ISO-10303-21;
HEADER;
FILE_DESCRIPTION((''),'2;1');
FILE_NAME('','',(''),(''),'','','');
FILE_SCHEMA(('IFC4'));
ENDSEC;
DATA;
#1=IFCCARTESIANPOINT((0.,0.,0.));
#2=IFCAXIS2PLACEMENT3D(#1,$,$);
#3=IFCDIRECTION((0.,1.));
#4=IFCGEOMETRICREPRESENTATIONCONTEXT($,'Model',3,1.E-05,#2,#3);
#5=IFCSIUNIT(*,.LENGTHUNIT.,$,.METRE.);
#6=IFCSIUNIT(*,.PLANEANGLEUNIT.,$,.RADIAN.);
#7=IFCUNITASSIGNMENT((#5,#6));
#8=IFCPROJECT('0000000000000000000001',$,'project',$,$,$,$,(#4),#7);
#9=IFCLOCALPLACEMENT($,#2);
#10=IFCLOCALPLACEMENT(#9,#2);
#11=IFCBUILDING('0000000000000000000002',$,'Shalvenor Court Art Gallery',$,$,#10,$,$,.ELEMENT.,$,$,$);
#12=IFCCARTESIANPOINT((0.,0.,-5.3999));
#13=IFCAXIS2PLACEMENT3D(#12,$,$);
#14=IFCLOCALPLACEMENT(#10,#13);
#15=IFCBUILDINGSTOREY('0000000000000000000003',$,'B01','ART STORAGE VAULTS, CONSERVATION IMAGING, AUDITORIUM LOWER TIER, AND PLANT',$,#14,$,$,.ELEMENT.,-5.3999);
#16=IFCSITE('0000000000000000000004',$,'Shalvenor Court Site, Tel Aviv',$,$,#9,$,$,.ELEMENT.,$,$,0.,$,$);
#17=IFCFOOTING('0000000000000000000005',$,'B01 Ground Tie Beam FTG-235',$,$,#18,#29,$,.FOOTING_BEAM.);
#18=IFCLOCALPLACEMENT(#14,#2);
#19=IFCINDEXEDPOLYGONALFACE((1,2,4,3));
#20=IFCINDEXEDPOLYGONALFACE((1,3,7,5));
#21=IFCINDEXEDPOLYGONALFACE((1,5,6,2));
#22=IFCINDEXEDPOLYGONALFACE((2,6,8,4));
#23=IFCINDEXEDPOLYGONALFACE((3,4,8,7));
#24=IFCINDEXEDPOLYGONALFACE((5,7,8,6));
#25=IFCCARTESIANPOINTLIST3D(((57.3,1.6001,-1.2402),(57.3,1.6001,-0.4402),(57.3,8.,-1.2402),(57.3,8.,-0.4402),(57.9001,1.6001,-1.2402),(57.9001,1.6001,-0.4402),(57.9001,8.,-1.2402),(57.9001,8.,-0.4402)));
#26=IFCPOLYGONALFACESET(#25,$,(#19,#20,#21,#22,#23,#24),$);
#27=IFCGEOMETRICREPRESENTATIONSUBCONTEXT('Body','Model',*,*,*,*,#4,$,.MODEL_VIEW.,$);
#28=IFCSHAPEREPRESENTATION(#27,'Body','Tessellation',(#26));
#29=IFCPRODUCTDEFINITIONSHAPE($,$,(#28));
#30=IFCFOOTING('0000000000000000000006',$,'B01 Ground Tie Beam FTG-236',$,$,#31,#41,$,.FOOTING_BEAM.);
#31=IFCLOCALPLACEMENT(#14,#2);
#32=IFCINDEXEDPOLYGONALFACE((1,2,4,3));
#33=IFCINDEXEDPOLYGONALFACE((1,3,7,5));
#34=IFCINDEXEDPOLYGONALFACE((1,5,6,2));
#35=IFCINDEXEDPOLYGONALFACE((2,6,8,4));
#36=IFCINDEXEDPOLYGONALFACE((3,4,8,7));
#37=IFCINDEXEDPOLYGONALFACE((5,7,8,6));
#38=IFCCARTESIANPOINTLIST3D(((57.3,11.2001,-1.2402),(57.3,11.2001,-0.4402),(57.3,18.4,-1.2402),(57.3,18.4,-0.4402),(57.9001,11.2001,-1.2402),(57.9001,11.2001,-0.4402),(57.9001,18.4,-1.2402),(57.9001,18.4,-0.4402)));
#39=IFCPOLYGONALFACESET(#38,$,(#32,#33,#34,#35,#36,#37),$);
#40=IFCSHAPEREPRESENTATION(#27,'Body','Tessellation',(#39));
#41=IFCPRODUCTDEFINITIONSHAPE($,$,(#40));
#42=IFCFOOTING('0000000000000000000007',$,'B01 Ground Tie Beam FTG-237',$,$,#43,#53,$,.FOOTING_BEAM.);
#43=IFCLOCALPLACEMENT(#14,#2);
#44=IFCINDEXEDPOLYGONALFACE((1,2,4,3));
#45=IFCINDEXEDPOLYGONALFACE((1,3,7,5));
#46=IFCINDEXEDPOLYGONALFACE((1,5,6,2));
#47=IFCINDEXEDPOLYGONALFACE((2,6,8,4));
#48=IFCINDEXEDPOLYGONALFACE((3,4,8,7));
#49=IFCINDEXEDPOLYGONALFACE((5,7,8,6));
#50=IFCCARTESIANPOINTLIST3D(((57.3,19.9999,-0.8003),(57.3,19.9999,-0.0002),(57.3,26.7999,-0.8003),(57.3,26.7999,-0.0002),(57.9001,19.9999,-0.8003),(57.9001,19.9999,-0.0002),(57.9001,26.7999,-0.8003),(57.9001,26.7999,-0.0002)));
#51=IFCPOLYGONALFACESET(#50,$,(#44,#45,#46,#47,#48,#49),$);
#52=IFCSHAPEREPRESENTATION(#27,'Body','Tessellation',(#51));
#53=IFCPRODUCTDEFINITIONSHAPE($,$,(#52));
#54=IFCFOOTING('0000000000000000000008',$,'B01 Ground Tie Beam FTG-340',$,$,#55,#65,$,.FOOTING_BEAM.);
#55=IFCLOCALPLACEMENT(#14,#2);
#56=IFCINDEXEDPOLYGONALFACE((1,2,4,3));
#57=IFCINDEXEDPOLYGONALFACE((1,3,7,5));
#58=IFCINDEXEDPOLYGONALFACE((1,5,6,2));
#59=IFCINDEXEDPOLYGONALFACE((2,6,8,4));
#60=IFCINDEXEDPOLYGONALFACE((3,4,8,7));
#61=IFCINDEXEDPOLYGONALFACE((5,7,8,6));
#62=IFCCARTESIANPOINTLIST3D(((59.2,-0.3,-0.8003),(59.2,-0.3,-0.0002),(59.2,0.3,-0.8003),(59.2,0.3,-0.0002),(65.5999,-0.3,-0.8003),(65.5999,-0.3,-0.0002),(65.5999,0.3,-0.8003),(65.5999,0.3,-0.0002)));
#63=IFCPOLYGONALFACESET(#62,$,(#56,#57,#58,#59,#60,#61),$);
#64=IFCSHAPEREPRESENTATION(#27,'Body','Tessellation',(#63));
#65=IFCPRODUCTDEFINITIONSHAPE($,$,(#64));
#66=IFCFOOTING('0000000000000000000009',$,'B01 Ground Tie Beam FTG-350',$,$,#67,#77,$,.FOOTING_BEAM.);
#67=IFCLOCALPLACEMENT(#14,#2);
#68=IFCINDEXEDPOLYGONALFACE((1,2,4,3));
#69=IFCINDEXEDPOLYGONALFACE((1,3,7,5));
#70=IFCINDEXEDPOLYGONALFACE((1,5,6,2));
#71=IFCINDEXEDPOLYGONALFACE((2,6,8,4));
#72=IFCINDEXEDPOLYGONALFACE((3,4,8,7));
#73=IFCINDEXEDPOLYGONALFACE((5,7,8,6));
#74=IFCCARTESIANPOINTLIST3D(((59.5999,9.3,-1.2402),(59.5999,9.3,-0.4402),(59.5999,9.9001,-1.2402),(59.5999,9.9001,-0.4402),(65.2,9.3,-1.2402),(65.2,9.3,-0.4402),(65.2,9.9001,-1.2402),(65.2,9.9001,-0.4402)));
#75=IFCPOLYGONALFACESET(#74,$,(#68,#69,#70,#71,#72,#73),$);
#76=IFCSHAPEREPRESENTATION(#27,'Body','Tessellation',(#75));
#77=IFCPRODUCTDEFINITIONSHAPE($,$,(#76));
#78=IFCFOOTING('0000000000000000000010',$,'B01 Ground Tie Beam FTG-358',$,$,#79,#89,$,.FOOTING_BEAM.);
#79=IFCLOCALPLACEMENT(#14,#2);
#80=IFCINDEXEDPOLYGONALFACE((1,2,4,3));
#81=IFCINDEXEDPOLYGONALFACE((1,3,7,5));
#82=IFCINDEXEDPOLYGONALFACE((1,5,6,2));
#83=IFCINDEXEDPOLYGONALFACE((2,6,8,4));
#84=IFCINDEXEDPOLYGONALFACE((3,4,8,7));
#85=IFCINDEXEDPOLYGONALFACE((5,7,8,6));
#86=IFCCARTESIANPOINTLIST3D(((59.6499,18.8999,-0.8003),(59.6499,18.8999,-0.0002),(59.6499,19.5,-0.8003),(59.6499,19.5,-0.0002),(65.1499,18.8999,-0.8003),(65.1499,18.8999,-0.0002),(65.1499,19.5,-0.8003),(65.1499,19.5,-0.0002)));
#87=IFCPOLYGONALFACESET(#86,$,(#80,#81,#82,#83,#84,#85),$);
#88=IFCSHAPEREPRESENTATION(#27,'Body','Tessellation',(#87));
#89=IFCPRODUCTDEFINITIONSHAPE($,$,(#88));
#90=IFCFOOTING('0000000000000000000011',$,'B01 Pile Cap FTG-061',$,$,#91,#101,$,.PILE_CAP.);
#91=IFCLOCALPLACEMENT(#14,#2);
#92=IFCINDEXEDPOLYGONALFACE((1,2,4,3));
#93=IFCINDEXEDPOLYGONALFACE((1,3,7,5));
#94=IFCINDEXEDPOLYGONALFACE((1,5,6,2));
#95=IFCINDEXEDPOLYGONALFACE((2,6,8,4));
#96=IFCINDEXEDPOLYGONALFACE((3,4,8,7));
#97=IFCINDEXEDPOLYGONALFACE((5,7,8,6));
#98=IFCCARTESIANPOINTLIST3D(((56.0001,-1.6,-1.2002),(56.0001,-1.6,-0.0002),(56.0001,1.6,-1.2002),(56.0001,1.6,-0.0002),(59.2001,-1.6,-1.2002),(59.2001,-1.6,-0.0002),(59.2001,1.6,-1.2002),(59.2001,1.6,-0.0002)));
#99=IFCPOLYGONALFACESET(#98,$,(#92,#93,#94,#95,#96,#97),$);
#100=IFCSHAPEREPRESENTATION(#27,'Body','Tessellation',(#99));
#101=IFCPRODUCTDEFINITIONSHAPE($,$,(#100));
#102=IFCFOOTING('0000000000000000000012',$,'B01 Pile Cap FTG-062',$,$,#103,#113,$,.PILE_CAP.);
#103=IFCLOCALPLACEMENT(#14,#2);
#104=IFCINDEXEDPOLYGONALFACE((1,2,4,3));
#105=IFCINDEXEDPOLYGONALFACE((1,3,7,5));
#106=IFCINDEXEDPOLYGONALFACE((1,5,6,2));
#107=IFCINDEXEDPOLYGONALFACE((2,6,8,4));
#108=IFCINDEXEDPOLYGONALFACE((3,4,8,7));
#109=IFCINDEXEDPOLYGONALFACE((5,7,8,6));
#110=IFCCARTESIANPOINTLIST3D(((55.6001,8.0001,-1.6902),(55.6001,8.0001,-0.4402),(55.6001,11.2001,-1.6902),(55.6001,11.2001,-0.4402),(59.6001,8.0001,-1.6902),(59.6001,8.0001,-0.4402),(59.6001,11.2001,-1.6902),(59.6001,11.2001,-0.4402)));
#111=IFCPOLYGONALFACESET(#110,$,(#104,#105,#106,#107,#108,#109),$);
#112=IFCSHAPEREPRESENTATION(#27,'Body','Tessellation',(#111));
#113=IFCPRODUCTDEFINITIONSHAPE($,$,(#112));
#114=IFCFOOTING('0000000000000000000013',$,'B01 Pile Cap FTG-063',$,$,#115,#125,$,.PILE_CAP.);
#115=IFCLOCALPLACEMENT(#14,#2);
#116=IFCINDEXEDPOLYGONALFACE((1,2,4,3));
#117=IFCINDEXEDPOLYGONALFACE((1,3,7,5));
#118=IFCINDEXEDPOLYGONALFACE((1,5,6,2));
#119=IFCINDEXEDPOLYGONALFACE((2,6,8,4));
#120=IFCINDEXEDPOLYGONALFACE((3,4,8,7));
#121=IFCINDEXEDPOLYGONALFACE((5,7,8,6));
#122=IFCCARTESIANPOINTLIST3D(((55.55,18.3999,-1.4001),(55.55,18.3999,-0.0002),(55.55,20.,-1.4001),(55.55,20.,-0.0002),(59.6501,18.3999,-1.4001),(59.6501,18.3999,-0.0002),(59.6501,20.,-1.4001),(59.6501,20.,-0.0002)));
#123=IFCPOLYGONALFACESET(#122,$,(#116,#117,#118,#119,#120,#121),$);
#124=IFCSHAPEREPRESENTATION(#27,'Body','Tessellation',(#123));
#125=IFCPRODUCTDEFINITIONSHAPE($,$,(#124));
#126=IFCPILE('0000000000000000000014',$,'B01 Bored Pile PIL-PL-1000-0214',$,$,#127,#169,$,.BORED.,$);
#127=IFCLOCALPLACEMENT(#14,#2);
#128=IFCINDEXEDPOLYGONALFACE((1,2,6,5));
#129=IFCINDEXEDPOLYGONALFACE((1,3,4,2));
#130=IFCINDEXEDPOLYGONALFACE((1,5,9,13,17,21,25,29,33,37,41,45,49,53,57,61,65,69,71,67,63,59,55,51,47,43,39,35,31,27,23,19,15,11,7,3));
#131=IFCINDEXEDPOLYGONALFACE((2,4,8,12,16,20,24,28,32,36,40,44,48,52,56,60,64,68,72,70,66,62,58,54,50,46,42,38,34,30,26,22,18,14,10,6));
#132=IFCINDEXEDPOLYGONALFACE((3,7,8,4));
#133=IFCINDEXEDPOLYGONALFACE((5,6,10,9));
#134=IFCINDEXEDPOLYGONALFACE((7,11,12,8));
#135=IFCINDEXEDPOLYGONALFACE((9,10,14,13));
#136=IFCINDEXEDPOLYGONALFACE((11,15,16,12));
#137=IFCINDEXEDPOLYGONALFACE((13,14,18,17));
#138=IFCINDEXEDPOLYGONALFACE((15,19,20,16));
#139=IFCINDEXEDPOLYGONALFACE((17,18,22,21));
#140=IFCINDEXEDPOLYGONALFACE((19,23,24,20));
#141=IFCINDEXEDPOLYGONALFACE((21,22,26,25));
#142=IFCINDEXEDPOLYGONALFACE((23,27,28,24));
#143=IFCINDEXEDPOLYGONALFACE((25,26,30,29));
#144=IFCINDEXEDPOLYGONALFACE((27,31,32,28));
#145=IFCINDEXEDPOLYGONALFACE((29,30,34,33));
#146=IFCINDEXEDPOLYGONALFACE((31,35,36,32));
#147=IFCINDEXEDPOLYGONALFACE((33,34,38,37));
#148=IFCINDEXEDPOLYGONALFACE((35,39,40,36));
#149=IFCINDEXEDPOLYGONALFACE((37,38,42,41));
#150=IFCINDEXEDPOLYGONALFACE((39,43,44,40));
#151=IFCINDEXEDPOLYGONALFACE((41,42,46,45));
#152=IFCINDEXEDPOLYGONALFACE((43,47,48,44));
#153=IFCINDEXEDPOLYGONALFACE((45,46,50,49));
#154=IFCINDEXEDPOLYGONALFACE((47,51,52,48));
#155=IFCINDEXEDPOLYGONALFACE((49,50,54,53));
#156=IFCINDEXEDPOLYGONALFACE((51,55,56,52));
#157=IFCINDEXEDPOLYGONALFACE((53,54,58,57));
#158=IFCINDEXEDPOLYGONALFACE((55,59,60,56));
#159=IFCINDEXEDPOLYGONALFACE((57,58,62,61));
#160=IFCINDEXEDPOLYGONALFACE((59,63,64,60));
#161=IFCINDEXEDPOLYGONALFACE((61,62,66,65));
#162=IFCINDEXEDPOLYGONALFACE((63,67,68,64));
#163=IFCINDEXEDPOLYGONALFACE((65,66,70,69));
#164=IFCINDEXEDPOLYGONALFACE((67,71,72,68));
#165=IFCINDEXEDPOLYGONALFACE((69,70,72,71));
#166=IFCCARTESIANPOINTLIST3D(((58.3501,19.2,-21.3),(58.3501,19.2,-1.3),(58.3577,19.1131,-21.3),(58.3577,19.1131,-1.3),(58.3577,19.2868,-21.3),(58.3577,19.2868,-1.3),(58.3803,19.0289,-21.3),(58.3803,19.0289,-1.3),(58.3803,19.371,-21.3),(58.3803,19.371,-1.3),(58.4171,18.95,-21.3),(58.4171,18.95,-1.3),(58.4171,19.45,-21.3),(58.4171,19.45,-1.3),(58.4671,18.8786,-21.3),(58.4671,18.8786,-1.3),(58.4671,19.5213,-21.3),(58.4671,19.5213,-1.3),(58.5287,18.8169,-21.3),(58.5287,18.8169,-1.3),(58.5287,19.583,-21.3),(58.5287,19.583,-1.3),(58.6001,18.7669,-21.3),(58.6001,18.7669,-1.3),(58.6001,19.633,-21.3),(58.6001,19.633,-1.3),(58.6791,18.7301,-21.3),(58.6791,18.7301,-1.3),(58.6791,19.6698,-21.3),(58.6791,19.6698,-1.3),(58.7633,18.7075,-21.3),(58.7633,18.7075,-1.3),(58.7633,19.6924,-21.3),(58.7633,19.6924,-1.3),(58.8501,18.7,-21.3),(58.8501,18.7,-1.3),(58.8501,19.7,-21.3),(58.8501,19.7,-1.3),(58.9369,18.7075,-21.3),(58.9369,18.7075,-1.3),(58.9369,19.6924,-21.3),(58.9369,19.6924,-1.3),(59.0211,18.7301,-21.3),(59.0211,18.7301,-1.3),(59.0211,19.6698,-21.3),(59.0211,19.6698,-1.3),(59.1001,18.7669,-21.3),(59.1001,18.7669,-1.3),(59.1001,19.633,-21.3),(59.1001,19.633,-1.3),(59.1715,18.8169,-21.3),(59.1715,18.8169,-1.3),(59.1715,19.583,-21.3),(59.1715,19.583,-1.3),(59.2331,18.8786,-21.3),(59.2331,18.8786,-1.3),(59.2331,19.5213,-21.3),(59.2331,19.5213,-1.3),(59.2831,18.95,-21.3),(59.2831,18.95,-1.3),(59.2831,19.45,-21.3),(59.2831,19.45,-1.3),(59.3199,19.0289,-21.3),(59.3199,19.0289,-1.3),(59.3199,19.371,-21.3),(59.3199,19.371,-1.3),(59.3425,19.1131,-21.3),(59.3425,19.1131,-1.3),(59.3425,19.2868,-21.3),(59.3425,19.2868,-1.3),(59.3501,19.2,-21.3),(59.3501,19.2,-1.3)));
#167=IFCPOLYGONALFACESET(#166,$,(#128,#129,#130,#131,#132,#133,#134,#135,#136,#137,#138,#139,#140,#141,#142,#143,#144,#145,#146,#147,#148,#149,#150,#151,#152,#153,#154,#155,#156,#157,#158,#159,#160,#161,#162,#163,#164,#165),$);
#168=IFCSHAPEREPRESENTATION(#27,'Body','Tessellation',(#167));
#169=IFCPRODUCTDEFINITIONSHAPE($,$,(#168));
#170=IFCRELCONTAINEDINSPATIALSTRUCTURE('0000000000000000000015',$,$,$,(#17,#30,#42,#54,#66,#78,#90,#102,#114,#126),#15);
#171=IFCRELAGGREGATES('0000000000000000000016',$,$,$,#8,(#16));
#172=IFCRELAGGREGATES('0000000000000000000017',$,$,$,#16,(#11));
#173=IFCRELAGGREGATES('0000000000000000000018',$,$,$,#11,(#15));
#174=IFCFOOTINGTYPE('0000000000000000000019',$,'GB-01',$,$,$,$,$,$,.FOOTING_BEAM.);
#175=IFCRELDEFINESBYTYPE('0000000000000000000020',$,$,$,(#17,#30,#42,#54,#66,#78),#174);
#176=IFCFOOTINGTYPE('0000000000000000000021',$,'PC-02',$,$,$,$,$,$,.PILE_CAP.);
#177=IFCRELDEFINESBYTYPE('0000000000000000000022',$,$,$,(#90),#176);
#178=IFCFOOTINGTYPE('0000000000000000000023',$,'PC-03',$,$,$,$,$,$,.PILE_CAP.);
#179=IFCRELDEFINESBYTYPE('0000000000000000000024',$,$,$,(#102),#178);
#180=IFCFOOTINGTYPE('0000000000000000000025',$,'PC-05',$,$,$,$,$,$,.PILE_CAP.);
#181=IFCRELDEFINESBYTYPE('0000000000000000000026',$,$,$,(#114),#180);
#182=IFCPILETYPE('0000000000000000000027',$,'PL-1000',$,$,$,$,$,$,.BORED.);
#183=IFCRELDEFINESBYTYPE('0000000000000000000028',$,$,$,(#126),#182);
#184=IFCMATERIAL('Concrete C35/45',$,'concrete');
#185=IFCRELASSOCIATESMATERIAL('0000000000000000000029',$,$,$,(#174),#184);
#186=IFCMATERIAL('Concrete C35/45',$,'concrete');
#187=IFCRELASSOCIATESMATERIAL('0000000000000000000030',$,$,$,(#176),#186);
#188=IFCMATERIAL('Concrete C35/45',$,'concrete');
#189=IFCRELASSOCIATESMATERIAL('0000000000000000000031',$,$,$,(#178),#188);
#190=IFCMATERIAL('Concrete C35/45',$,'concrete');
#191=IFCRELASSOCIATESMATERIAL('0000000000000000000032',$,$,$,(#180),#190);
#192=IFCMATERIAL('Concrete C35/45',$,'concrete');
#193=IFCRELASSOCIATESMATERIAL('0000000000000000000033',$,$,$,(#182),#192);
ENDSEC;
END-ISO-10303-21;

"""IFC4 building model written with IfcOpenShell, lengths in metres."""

from ifc_helpers import new_model, si_unit, direction, frame, origin, origin_2d, place, context, subcontext, project, spatial, rectangle, circle, extrude, material, material_profile, profile_set, type_object, element, save


model = new_model("IFC4")

# Units and contexts
model_context = context("Model", 3, precision=1e-05, world=origin(), true_north=direction((0.0, 1.0)))
body_context = subcontext(model_context, "Body", "Model", "MODEL_VIEW")
ifc_project = project(units=[si_unit("LENGTHUNIT", "METRE"), si_unit("PLANEANGLEUNIT", "RADIAN")], contexts=[model_context])

# Site, building, storey
site_placement = place(None, origin())
site = spatial("IfcSite", under=ifc_project, at=site_placement, Name="Shalvenor Court Site, Tel Aviv", CompositionType="ELEMENT", RefElevation=0.0)
building_placement = place(site_placement, origin())
building = spatial("IfcBuilding", under=site, at=building_placement, Name="Shalvenor Court Art Gallery", CompositionType="ELEMENT")
storey_placement = place(building_placement, frame((0.0, 0.0, -5.3999)))
storey = spatial("IfcBuildingStorey", under=building, at=storey_placement, Name="B01", Description="ART STORAGE VAULTS, CONSERVATION IMAGING, AUDITORIUM LOWER TIER, AND PLANT", CompositionType="ELEMENT", Elevation=-5.3999)

# Footings
ifc_material_1 = material(Name="Concrete C35/45", Category="concrete")
footing_type_1 = type_object("IfcFootingType", Name="GB-01", PredefinedType="FOOTING_BEAM", material=ifc_material_1)
footing_1_placement = place(storey_placement, frame((57.6001, 4.8, -1.2402), z_axis=(0.0, 0.0, 1.0), x_axis=(0.0, 1.0, 0.0)))
element("IfcFooting", 1, at=footing_1_placement, inside=storey, type_object=footing_type_1, Name="B01 Ground Tie Beam FTG-235", PredefinedType="FOOTING_BEAM", context=body_context, shape_type="SweptSolid", body=[
    extrude(rectangle(XDim=6.3999, YDim=0.6001, at=origin_2d()), origin(), (0.0, 0.0, 1.0), 0.8),
])
footing_2_placement = place(storey_placement, frame((57.6001, 14.8, -1.2402), z_axis=(0.0, 0.0, 1.0), x_axis=(0.0, 1.0, 0.0)))
element("IfcFooting", 2, at=footing_2_placement, inside=storey, type_object=footing_type_1, Name="B01 Ground Tie Beam FTG-236", PredefinedType="FOOTING_BEAM", context=body_context, shape_type="SweptSolid", body=[
    extrude(rectangle(XDim=7.2, YDim=0.6001, at=origin_2d()), origin(), (0.0, 0.0, 1.0), 0.8),
])
footing_3_placement = place(storey_placement, frame((57.6001, 23.3999, -0.8003), z_axis=(0.0, 0.0, 1.0), x_axis=(0.0, 1.0, 0.0)))
element("IfcFooting", 3, at=footing_3_placement, inside=storey, type_object=footing_type_1, Name="B01 Ground Tie Beam FTG-237", PredefinedType="FOOTING_BEAM", context=body_context, shape_type="SweptSolid", body=[
    extrude(rectangle(XDim=6.8, YDim=0.6001, at=origin_2d()), origin(), (0.0, 0.0, 1.0), 0.8),
])
footing_4_placement = place(storey_placement, frame((62.3999, 0.0, -0.8003), z_axis=(0.0, 0.0, 1.0), x_axis=(1.0, 0.0, 0.0)))
element("IfcFooting", 4, at=footing_4_placement, inside=storey, type_object=footing_type_1, Name="B01 Ground Tie Beam FTG-340", PredefinedType="FOOTING_BEAM", context=body_context, shape_type="SweptSolid", body=[
    extrude(rectangle(XDim=6.3999, YDim=0.6001, at=origin_2d()), origin(), (0.0, 0.0, 1.0), 0.8),
])
footing_5_placement = place(storey_placement, frame((62.3999, 9.6001, -1.2402), z_axis=(0.0, 0.0, 1.0), x_axis=(1.0, 0.0, 0.0)))
element("IfcFooting", 5, at=footing_5_placement, inside=storey, type_object=footing_type_1, Name="B01 Ground Tie Beam FTG-350", PredefinedType="FOOTING_BEAM", context=body_context, shape_type="SweptSolid", body=[
    extrude(rectangle(XDim=5.6001, YDim=0.6001, at=origin_2d()), origin(), (0.0, 0.0, 1.0), 0.8),
])
footing_6_placement = place(storey_placement, frame((62.3999, 19.2, -0.8003), z_axis=(0.0, 0.0, 1.0), x_axis=(1.0, 0.0, 0.0)))
element("IfcFooting", 6, at=footing_6_placement, inside=storey, type_object=footing_type_1, Name="B01 Ground Tie Beam FTG-358", PredefinedType="FOOTING_BEAM", context=body_context, shape_type="SweptSolid", body=[
    extrude(rectangle(XDim=5.5, YDim=0.6001, at=origin_2d()), origin(), (0.0, 0.0, 1.0), 0.8),
])
ifc_material_2 = material(Name="Concrete C35/45", Category="concrete")
footing_type_2 = type_object("IfcFootingType", Name="PC-02", PredefinedType="PILE_CAP", material=ifc_material_2)
footing_7_placement = place(storey_placement, frame((57.6001, 0.0, -1.2002), z_axis=(0.0, 0.0, 1.0), x_axis=(1.0, 0.0, 0.0)))
element("IfcFooting", 7, at=footing_7_placement, inside=storey, type_object=footing_type_2, Name="B01 Pile Cap FTG-061", PredefinedType="PILE_CAP", context=body_context, shape_type="SweptSolid", body=[
    extrude(rectangle(XDim=3.2, YDim=3.2, at=origin_2d()), origin(), (0.0, 0.0, 1.0), 1.2),
])
ifc_material_3 = material(Name="Concrete C35/45", Category="concrete")
footing_type_3 = type_object("IfcFootingType", Name="PC-03", PredefinedType="PILE_CAP", material=ifc_material_3)
footing_8_placement = place(storey_placement, frame((57.6001, 9.6001, -1.6902), z_axis=(0.0, 0.0, 1.0), x_axis=(1.0, 0.0, 0.0)))
element("IfcFooting", 8, at=footing_8_placement, inside=storey, type_object=footing_type_3, Name="B01 Pile Cap FTG-062", PredefinedType="PILE_CAP", context=body_context, shape_type="SweptSolid", body=[
    extrude(rectangle(XDim=4.0, YDim=3.2, at=origin_2d()), origin(), (0.0, 0.0, 1.0), 1.25),
])
ifc_material_4 = material(Name="Concrete C35/45", Category="concrete")
footing_type_4 = type_object("IfcFootingType", Name="PC-05", PredefinedType="PILE_CAP", material=ifc_material_4)
footing_9_placement = place(storey_placement, frame((57.6001, 19.2, -1.4001), z_axis=(0.0, 0.0, 1.0), x_axis=(1.0, 0.0, 0.0)))
element("IfcFooting", 9, at=footing_9_placement, inside=storey, type_object=footing_type_4, Name="B01 Pile Cap FTG-063", PredefinedType="PILE_CAP", context=body_context, shape_type="SweptSolid", body=[
    extrude(rectangle(XDim=4.1001, YDim=1.6001, at=origin_2d()), origin(), (0.0, 0.0, 1.0), 1.3999),
])

# Pile
ifc_material_5 = material(Name="Concrete C35/45", Category="concrete")
ifc_material_profile_1 = material_profile(ifc_material_5, circle(Radius=0.5, at=origin_2d()), Name="PILE 1000")
ifc_profile_set_1 = profile_set([ifc_material_profile_1], Name="Concrete C35/45")
pile_type_1 = type_object("IfcPileType", Name="PL-1000", PredefinedType="BORED", material=ifc_profile_set_1)
for number, where, z_axis, x_axis, name in (
    (10, (58.8501, 19.2, -1.3), (0.0, 0.0, -1.0), (1.0, 0.0, 0.0), "B01 Bored Pile PIL-PL-1000-0214"),
):
    element("IfcPile", number, at=place(storey_placement, frame(where, z_axis=z_axis, x_axis=x_axis)), inside=storey, type_object=pile_type_1, Name=name, PredefinedType="BORED", context=body_context, shape_type="SweptSolid", body=[
        extrude(circle(Radius=0.5, at=origin_2d()), origin(), (0.0, 0.0, 1.0), 20.0),
    ])

save(model, "model.ifc")
